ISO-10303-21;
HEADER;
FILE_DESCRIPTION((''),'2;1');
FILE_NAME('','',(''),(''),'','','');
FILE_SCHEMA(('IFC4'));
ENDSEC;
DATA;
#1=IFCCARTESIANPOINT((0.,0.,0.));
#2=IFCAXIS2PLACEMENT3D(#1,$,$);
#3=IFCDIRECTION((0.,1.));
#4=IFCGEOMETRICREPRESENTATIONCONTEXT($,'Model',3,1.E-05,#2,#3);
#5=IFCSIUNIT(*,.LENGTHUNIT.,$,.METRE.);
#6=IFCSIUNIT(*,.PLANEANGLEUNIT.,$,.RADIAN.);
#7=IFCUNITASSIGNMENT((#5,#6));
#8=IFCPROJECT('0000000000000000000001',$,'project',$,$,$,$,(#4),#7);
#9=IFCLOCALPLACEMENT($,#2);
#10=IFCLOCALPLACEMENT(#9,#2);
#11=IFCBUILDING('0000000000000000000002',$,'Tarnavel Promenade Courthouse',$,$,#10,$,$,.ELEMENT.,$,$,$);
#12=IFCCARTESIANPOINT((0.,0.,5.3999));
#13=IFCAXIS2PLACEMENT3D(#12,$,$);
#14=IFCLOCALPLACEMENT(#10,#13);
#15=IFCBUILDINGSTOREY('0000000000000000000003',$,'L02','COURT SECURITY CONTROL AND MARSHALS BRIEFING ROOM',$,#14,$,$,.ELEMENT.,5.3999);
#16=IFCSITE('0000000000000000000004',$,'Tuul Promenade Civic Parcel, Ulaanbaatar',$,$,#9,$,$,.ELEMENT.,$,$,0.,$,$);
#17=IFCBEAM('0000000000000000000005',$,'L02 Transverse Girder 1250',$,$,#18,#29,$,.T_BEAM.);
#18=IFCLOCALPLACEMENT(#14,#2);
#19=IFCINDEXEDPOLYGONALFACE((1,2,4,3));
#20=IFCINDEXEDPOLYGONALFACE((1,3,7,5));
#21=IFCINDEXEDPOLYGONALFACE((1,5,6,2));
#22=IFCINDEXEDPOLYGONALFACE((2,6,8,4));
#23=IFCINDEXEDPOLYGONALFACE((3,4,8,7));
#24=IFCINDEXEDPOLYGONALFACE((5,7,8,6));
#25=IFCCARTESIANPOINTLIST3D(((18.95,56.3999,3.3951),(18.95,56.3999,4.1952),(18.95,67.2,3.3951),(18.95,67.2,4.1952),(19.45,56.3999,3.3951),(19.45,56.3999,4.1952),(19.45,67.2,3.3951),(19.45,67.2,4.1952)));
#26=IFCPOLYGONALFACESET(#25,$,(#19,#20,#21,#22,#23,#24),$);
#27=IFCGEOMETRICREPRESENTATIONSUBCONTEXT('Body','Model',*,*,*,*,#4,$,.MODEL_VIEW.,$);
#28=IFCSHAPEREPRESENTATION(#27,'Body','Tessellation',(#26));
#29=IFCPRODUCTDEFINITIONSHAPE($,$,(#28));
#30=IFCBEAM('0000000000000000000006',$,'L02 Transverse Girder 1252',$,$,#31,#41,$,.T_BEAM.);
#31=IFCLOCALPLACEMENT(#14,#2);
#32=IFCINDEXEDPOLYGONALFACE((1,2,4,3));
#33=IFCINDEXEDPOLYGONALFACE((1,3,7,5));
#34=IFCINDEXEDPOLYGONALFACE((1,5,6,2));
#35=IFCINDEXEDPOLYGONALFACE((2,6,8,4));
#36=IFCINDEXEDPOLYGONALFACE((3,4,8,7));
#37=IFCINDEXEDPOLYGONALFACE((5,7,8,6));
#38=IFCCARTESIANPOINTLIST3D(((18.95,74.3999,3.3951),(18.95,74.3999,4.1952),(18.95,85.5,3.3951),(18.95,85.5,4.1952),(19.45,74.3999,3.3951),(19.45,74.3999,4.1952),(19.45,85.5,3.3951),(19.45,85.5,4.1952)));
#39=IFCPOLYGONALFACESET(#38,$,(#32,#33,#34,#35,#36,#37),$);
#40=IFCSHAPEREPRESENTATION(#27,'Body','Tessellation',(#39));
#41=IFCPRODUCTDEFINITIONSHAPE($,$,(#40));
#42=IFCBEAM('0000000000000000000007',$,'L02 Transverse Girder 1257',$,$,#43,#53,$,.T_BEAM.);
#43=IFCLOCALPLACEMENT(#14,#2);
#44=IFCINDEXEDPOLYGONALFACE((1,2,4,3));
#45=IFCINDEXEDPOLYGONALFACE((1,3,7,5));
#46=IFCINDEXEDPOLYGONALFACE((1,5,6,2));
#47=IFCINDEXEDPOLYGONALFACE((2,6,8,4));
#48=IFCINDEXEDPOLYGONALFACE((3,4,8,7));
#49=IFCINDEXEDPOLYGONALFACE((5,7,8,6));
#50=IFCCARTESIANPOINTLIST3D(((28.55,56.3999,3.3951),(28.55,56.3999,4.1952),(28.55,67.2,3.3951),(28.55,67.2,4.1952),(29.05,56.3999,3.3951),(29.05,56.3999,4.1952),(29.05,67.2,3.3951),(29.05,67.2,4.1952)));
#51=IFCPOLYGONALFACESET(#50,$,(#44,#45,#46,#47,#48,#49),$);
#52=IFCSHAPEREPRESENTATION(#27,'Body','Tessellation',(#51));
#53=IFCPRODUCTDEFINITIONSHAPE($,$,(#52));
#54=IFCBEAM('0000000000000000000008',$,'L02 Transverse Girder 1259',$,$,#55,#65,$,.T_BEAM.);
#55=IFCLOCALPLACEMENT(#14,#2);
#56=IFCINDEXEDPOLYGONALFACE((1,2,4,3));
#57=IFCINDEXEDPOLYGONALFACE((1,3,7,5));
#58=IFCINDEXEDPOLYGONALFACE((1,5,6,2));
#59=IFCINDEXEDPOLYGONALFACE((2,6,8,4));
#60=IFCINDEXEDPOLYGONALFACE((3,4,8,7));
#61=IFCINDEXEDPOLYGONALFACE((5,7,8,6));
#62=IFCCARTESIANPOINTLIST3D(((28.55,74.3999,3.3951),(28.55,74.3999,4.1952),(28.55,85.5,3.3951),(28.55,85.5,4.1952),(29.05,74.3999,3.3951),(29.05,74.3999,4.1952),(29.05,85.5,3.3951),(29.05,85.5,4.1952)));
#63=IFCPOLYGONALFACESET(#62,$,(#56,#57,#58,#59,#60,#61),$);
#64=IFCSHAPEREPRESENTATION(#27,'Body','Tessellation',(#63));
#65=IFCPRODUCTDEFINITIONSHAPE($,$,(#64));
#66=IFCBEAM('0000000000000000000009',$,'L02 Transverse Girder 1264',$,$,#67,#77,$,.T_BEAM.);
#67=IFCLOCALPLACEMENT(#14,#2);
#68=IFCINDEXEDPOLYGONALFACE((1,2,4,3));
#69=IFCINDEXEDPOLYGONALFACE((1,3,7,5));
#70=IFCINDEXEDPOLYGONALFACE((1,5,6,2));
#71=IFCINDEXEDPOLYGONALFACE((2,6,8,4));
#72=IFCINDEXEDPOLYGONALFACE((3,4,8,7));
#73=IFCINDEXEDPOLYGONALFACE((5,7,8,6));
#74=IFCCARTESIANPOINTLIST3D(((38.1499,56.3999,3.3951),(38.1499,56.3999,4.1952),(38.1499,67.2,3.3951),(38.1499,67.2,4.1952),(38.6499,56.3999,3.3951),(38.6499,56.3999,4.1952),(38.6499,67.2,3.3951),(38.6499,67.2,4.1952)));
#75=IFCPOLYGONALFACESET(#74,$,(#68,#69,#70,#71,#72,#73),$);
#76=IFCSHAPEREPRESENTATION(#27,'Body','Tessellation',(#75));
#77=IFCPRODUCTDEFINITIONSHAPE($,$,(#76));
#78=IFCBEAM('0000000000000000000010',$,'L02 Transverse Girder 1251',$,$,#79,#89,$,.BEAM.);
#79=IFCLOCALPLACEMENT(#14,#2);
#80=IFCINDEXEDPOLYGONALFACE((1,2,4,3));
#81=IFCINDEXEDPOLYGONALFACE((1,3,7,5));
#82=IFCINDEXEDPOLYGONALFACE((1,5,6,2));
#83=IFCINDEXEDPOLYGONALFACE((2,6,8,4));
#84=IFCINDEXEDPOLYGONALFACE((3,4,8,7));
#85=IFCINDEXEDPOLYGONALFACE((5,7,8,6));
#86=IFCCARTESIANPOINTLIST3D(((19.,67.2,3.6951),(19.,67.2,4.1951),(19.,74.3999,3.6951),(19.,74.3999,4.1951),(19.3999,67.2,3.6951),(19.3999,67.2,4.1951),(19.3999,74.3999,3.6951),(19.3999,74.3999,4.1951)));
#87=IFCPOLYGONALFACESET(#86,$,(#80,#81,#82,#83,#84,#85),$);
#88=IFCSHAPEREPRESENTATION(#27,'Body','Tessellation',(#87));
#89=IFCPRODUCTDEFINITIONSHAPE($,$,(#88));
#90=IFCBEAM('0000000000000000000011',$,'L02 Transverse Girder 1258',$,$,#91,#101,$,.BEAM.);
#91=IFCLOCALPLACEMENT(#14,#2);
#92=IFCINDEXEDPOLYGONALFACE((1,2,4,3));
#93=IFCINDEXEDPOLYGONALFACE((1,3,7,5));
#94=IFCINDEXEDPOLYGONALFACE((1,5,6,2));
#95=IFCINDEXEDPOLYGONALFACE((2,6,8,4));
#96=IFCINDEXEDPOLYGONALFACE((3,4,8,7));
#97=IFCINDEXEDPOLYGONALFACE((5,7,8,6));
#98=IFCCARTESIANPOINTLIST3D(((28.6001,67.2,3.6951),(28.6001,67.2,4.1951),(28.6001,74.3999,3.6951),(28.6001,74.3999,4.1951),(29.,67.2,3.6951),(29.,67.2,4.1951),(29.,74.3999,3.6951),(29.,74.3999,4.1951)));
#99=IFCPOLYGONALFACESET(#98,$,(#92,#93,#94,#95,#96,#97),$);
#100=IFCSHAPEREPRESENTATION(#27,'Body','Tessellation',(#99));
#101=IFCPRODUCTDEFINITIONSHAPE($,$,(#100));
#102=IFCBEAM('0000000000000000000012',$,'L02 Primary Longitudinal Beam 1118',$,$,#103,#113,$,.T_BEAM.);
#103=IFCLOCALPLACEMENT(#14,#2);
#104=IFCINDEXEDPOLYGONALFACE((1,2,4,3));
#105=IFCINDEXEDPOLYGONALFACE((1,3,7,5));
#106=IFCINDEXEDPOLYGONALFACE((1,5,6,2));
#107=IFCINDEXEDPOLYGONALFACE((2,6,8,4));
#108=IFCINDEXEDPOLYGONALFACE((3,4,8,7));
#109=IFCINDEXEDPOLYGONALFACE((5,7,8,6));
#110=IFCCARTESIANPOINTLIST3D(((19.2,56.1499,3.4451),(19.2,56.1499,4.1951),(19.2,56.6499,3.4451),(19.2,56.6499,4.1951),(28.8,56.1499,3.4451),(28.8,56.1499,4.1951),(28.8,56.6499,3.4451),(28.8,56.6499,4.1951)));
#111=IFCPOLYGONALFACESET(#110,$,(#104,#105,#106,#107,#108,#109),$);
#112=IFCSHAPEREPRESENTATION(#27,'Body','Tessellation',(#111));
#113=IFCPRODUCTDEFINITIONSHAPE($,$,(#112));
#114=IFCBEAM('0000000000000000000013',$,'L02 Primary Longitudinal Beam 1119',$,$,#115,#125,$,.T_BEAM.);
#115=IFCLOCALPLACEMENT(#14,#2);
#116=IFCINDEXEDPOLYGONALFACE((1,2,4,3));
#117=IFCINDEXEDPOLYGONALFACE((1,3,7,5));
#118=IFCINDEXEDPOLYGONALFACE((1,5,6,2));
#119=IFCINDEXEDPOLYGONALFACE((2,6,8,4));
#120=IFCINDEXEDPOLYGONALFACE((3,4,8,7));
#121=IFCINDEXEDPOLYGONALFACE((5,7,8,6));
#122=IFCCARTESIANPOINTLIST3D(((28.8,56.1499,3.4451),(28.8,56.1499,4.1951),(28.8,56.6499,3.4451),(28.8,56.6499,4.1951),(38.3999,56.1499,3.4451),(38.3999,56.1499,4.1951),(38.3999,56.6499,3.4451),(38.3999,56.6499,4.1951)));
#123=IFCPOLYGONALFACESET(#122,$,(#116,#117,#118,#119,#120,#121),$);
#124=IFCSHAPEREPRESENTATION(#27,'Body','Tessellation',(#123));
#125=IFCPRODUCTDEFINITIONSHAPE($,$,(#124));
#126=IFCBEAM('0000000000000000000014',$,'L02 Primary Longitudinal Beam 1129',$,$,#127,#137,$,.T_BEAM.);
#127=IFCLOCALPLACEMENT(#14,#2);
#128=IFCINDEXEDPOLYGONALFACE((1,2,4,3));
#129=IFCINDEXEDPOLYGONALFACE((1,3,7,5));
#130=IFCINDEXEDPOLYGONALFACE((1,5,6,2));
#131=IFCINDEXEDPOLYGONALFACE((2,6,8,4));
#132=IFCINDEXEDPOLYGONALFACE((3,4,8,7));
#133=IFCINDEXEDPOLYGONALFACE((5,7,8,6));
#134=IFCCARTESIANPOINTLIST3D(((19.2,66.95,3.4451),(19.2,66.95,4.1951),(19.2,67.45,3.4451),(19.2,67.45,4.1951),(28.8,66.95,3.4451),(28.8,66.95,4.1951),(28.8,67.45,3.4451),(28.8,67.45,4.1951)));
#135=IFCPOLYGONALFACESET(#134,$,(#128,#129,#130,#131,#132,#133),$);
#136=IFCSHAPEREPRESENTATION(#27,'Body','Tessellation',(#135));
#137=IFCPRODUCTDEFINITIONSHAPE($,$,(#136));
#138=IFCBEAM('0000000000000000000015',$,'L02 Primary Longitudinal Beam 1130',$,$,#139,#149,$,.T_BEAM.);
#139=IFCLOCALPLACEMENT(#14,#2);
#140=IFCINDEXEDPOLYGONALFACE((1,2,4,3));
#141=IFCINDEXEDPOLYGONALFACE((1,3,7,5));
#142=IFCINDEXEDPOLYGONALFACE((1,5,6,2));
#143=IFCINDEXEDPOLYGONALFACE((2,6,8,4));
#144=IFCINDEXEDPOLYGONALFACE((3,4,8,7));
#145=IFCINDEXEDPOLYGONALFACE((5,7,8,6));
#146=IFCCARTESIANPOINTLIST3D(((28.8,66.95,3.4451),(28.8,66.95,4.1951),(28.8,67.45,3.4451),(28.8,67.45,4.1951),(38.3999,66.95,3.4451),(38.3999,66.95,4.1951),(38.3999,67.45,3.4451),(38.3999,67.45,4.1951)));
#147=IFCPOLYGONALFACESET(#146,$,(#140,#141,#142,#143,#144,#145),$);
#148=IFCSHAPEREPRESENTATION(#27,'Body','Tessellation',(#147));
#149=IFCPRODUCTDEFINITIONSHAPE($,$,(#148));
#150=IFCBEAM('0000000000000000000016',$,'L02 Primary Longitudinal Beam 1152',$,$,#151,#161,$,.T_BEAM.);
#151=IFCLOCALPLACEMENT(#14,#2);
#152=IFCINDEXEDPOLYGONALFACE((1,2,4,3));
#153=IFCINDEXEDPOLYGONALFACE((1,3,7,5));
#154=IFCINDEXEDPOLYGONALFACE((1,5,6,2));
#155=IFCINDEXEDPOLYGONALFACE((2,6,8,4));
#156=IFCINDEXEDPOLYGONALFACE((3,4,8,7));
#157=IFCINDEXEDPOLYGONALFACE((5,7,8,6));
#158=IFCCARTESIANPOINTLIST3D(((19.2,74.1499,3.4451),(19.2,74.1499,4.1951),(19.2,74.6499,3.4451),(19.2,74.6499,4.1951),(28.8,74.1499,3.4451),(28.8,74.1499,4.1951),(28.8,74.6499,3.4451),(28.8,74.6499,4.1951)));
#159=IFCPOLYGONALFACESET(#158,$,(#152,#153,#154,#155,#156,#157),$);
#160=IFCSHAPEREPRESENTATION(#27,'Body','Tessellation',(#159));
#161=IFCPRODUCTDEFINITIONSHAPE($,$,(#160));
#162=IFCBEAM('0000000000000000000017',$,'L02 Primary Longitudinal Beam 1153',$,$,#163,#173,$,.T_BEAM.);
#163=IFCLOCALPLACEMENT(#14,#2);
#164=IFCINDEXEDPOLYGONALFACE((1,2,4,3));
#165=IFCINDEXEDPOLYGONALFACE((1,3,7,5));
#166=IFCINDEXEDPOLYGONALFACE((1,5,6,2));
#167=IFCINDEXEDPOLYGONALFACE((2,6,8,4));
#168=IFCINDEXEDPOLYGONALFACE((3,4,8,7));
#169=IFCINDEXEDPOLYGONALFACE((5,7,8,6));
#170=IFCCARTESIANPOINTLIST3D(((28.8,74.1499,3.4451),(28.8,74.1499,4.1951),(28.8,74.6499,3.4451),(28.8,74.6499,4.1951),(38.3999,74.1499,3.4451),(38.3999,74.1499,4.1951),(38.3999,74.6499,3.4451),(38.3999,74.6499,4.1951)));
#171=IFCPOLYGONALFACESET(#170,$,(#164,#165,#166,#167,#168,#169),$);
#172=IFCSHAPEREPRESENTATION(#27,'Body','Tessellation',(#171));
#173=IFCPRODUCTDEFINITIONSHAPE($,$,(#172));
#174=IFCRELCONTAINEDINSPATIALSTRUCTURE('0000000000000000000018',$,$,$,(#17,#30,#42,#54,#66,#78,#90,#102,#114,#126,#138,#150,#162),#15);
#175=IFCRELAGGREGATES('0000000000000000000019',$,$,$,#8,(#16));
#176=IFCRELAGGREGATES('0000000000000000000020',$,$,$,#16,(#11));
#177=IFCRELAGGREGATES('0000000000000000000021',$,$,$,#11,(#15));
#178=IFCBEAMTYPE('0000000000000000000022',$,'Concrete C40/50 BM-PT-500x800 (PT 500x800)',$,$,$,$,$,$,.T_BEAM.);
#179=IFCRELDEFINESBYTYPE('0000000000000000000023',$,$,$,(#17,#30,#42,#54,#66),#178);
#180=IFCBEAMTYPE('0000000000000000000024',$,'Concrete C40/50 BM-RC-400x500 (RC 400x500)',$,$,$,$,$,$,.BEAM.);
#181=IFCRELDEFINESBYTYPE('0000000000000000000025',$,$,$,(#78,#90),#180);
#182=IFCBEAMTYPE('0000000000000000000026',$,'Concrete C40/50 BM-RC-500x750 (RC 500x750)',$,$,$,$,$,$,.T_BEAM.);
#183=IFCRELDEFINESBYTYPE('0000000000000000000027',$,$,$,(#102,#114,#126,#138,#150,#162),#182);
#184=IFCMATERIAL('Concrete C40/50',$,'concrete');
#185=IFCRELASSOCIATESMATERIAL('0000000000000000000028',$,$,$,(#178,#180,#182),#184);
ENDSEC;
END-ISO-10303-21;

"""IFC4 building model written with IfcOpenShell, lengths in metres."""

from ifc_helpers import new_model, si_unit, direction, frame, origin, origin_2d, place, context, subcontext, project, spatial, rectangle, extrude, material, material_profile, profile_set, type_object, element, save


model = new_model("IFC4")

# Units and contexts
model_context = context("Model", 3, precision=1e-05, world=origin(), true_north=direction((0.0, 1.0)))
body_context = subcontext(model_context, "Body", "Model", "MODEL_VIEW")
ifc_project = project(units=[si_unit("LENGTHUNIT", "METRE"), si_unit("PLANEANGLEUNIT", "RADIAN")], contexts=[model_context])

# Site, building, storey
site_placement = place(None, origin())
site = spatial("IfcSite", under=ifc_project, at=site_placement, Name="Tuul Promenade Civic Parcel, Ulaanbaatar", CompositionType="ELEMENT", RefElevation=0.0)
building_placement = place(site_placement, origin())
building = spatial("IfcBuilding", under=site, at=building_placement, Name="Tarnavel Promenade Courthouse", CompositionType="ELEMENT")
storey_placement = place(building_placement, frame((0.0, 0.0, 5.3999)))
storey = spatial("IfcBuildingStorey", under=building, at=storey_placement, Name="L02", Description="COURT SECURITY CONTROL AND MARSHALS BRIEFING ROOM", CompositionType="ELEMENT", Elevation=5.3999)

# Shared definitions
ifc_material_1 = material(Name="Concrete C40/50", Category="concrete")

# Beams
ifc_material_profile_1 = material_profile(ifc_material_1, rectangle(XDim=0.5, YDim=0.8, at=origin_2d()), Name="PT 500x800")
ifc_profile_set_1 = profile_set([ifc_material_profile_1], Name="Concrete C40/50")
beam_type_1 = type_object("IfcBeamType", Name="Concrete C40/50 BM-PT-500x800 (PT 500x800)", PredefinedType="T_BEAM", material=ifc_profile_set_1)
beam_1_placement = place(storey_placement, frame((19.2, 56.3999, 3.7952), z_axis=(0.0, 1.0, 0.0), x_axis=(-1.0, 0.0, 0.0)))
element("IfcBeam", 1, at=beam_1_placement, inside=storey, type_object=beam_type_1, Name="L02 Transverse Girder 1250", PredefinedType="T_BEAM", context=body_context, shape_type="SweptSolid", body=[
    extrude(rectangle(XDim=0.5, YDim=0.8, at=origin_2d()), origin(), (0.0, 0.0, 1.0), 10.8),
])
beam_2_placement = place(storey_placement, frame((19.2, 74.3999, 3.7952), z_axis=(0.0, 1.0, 0.0), x_axis=(-1.0, 0.0, 0.0)))
element("IfcBeam", 2, at=beam_2_placement, inside=storey, type_object=beam_type_1, Name="L02 Transverse Girder 1252", PredefinedType="T_BEAM", context=body_context, shape_type="SweptSolid", body=[
    extrude(rectangle(XDim=0.5, YDim=0.8, at=origin_2d()), origin(), (0.0, 0.0, 1.0), 11.1001),
])
beam_3_placement = place(storey_placement, frame((28.8, 56.3999, 3.7952), z_axis=(0.0, 1.0, 0.0), x_axis=(-1.0, 0.0, 0.0)))
element("IfcBeam", 3, at=beam_3_placement, inside=storey, type_object=beam_type_1, Name="L02 Transverse Girder 1257", PredefinedType="T_BEAM", context=body_context, shape_type="SweptSolid", body=[
    extrude(rectangle(XDim=0.5, YDim=0.8, at=origin_2d()), origin(), (0.0, 0.0, 1.0), 10.8),
])
beam_4_placement = place(storey_placement, frame((28.8, 74.3999, 3.7952), z_axis=(0.0, 1.0, 0.0), x_axis=(-1.0, 0.0, 0.0)))
element("IfcBeam", 4, at=beam_4_placement, inside=storey, type_object=beam_type_1, Name="L02 Transverse Girder 1259", PredefinedType="T_BEAM", context=body_context, shape_type="SweptSolid", body=[
    extrude(rectangle(XDim=0.5, YDim=0.8, at=origin_2d()), origin(), (0.0, 0.0, 1.0), 11.1001),
])
beam_5_placement = place(storey_placement, frame((38.3999, 56.3999, 3.7952), z_axis=(0.0, 1.0, 0.0), x_axis=(-1.0, 0.0, 0.0)))
element("IfcBeam", 5, at=beam_5_placement, inside=storey, type_object=beam_type_1, Name="L02 Transverse Girder 1264", PredefinedType="T_BEAM", context=body_context, shape_type="SweptSolid", body=[
    extrude(rectangle(XDim=0.5, YDim=0.8, at=origin_2d()), origin(), (0.0, 0.0, 1.0), 10.8),
])
ifc_material_profile_2 = material_profile(ifc_material_1, rectangle(XDim=0.3999, YDim=0.5, at=origin_2d()), Name="RC 400x500")
ifc_profile_set_2 = profile_set([ifc_material_profile_2], Name="Concrete C40/50")
beam_type_2 = type_object("IfcBeamType", Name="Concrete C40/50 BM-RC-400x500 (RC 400x500)", PredefinedType="BEAM", material=ifc_profile_set_2)
for number, where, z_axis, x_axis, name in (
    (6, (19.2, 67.2, 3.9451), (0.0, 1.0, 0.0), (-1.0, 0.0, 0.0), "L02 Transverse Girder 1251"),
    (7, (28.8, 67.2, 3.9451), (0.0, 1.0, 0.0), (-1.0, 0.0, 0.0), "L02 Transverse Girder 1258"),
):
    element("IfcBeam", number, at=place(storey_placement, frame(where, z_axis=z_axis, x_axis=x_axis)), inside=storey, type_object=beam_type_2, Name=name, PredefinedType="BEAM", context=body_context, shape_type="SweptSolid", body=[
        extrude(rectangle(XDim=0.3999, YDim=0.5, at=origin_2d()), origin(), (0.0, 0.0, 1.0), 7.2),
    ])
ifc_material_profile_3 = material_profile(ifc_material_1, rectangle(XDim=0.5, YDim=0.75, at=origin_2d()), Name="RC 500x750")
ifc_profile_set_3 = profile_set([ifc_material_profile_3], Name="Concrete C40/50")
beam_type_3 = type_object("IfcBeamType", Name="Concrete C40/50 BM-RC-500x750 (RC 500x750)", PredefinedType="T_BEAM", material=ifc_profile_set_3)
beam_6_placement = place(storey_placement, frame((19.2, 56.3999, 3.8201), z_axis=(1.0, 0.0, 0.0), x_axis=(0.0, 1.0, 0.0)))
element("IfcBeam", 8, at=beam_6_placement, inside=storey, type_object=beam_type_3, Name="L02 Primary Longitudinal Beam 1118", PredefinedType="T_BEAM", context=body_context, shape_type="SweptSolid", body=[
    extrude(rectangle(XDim=0.5, YDim=0.75, at=origin_2d()), origin(), (0.0, 0.0, 1.0), 9.6001),
])
beam_7_placement = place(storey_placement, frame((28.8, 56.3999, 3.8201), z_axis=(1.0, 0.0, 0.0), x_axis=(0.0, 1.0, 0.0)))
element("IfcBeam", 9, at=beam_7_placement, inside=storey, type_object=beam_type_3, Name="L02 Primary Longitudinal Beam 1119", PredefinedType="T_BEAM", context=body_context, shape_type="SweptSolid", body=[
    extrude(rectangle(XDim=0.5, YDim=0.75, at=origin_2d()), origin(), (0.0, 0.0, 1.0), 9.5999),
])
beam_8_placement = place(storey_placement, frame((19.2, 67.2, 3.8201), z_axis=(1.0, 0.0, 0.0), x_axis=(0.0, 1.0, 0.0)))
element("IfcBeam", 10, at=beam_8_placement, inside=storey, type_object=beam_type_3, Name="L02 Primary Longitudinal Beam 1129", PredefinedType="T_BEAM", context=body_context, shape_type="SweptSolid", body=[
    extrude(rectangle(XDim=0.5, YDim=0.75, at=origin_2d()), origin(), (0.0, 0.0, 1.0), 9.6001),
])
beam_9_placement = place(storey_placement, frame((28.8, 67.2, 3.8201), z_axis=(1.0, 0.0, 0.0), x_axis=(0.0, 1.0, 0.0)))
element("IfcBeam", 11, at=beam_9_placement, inside=storey, type_object=beam_type_3, Name="L02 Primary Longitudinal Beam 1130", PredefinedType="T_BEAM", context=body_context, shape_type="SweptSolid", body=[
    extrude(rectangle(XDim=0.5, YDim=0.75, at=origin_2d()), origin(), (0.0, 0.0, 1.0), 9.5999),
])
beam_10_placement = place(storey_placement, frame((19.2, 74.3999, 3.8201), z_axis=(1.0, 0.0, 0.0), x_axis=(0.0, 1.0, 0.0)))
element("IfcBeam", 12, at=beam_10_placement, inside=storey, type_object=beam_type_3, Name="L02 Primary Longitudinal Beam 1152", PredefinedType="T_BEAM", context=body_context, shape_type="SweptSolid", body=[
    extrude(rectangle(XDim=0.5, YDim=0.75, at=origin_2d()), origin(), (0.0, 0.0, 1.0), 9.6001),
])
beam_11_placement = place(storey_placement, frame((28.8, 74.3999, 3.8201), z_axis=(1.0, 0.0, 0.0), x_axis=(0.0, 1.0, 0.0)))
element("IfcBeam", 13, at=beam_11_placement, inside=storey, type_object=beam_type_3, Name="L02 Primary Longitudinal Beam 1153", PredefinedType="T_BEAM", context=body_context, shape_type="SweptSolid", body=[
    extrude(rectangle(XDim=0.5, YDim=0.75, at=origin_2d()), origin(), (0.0, 0.0, 1.0), 9.5999),
])

save(model, "model.ifc")
